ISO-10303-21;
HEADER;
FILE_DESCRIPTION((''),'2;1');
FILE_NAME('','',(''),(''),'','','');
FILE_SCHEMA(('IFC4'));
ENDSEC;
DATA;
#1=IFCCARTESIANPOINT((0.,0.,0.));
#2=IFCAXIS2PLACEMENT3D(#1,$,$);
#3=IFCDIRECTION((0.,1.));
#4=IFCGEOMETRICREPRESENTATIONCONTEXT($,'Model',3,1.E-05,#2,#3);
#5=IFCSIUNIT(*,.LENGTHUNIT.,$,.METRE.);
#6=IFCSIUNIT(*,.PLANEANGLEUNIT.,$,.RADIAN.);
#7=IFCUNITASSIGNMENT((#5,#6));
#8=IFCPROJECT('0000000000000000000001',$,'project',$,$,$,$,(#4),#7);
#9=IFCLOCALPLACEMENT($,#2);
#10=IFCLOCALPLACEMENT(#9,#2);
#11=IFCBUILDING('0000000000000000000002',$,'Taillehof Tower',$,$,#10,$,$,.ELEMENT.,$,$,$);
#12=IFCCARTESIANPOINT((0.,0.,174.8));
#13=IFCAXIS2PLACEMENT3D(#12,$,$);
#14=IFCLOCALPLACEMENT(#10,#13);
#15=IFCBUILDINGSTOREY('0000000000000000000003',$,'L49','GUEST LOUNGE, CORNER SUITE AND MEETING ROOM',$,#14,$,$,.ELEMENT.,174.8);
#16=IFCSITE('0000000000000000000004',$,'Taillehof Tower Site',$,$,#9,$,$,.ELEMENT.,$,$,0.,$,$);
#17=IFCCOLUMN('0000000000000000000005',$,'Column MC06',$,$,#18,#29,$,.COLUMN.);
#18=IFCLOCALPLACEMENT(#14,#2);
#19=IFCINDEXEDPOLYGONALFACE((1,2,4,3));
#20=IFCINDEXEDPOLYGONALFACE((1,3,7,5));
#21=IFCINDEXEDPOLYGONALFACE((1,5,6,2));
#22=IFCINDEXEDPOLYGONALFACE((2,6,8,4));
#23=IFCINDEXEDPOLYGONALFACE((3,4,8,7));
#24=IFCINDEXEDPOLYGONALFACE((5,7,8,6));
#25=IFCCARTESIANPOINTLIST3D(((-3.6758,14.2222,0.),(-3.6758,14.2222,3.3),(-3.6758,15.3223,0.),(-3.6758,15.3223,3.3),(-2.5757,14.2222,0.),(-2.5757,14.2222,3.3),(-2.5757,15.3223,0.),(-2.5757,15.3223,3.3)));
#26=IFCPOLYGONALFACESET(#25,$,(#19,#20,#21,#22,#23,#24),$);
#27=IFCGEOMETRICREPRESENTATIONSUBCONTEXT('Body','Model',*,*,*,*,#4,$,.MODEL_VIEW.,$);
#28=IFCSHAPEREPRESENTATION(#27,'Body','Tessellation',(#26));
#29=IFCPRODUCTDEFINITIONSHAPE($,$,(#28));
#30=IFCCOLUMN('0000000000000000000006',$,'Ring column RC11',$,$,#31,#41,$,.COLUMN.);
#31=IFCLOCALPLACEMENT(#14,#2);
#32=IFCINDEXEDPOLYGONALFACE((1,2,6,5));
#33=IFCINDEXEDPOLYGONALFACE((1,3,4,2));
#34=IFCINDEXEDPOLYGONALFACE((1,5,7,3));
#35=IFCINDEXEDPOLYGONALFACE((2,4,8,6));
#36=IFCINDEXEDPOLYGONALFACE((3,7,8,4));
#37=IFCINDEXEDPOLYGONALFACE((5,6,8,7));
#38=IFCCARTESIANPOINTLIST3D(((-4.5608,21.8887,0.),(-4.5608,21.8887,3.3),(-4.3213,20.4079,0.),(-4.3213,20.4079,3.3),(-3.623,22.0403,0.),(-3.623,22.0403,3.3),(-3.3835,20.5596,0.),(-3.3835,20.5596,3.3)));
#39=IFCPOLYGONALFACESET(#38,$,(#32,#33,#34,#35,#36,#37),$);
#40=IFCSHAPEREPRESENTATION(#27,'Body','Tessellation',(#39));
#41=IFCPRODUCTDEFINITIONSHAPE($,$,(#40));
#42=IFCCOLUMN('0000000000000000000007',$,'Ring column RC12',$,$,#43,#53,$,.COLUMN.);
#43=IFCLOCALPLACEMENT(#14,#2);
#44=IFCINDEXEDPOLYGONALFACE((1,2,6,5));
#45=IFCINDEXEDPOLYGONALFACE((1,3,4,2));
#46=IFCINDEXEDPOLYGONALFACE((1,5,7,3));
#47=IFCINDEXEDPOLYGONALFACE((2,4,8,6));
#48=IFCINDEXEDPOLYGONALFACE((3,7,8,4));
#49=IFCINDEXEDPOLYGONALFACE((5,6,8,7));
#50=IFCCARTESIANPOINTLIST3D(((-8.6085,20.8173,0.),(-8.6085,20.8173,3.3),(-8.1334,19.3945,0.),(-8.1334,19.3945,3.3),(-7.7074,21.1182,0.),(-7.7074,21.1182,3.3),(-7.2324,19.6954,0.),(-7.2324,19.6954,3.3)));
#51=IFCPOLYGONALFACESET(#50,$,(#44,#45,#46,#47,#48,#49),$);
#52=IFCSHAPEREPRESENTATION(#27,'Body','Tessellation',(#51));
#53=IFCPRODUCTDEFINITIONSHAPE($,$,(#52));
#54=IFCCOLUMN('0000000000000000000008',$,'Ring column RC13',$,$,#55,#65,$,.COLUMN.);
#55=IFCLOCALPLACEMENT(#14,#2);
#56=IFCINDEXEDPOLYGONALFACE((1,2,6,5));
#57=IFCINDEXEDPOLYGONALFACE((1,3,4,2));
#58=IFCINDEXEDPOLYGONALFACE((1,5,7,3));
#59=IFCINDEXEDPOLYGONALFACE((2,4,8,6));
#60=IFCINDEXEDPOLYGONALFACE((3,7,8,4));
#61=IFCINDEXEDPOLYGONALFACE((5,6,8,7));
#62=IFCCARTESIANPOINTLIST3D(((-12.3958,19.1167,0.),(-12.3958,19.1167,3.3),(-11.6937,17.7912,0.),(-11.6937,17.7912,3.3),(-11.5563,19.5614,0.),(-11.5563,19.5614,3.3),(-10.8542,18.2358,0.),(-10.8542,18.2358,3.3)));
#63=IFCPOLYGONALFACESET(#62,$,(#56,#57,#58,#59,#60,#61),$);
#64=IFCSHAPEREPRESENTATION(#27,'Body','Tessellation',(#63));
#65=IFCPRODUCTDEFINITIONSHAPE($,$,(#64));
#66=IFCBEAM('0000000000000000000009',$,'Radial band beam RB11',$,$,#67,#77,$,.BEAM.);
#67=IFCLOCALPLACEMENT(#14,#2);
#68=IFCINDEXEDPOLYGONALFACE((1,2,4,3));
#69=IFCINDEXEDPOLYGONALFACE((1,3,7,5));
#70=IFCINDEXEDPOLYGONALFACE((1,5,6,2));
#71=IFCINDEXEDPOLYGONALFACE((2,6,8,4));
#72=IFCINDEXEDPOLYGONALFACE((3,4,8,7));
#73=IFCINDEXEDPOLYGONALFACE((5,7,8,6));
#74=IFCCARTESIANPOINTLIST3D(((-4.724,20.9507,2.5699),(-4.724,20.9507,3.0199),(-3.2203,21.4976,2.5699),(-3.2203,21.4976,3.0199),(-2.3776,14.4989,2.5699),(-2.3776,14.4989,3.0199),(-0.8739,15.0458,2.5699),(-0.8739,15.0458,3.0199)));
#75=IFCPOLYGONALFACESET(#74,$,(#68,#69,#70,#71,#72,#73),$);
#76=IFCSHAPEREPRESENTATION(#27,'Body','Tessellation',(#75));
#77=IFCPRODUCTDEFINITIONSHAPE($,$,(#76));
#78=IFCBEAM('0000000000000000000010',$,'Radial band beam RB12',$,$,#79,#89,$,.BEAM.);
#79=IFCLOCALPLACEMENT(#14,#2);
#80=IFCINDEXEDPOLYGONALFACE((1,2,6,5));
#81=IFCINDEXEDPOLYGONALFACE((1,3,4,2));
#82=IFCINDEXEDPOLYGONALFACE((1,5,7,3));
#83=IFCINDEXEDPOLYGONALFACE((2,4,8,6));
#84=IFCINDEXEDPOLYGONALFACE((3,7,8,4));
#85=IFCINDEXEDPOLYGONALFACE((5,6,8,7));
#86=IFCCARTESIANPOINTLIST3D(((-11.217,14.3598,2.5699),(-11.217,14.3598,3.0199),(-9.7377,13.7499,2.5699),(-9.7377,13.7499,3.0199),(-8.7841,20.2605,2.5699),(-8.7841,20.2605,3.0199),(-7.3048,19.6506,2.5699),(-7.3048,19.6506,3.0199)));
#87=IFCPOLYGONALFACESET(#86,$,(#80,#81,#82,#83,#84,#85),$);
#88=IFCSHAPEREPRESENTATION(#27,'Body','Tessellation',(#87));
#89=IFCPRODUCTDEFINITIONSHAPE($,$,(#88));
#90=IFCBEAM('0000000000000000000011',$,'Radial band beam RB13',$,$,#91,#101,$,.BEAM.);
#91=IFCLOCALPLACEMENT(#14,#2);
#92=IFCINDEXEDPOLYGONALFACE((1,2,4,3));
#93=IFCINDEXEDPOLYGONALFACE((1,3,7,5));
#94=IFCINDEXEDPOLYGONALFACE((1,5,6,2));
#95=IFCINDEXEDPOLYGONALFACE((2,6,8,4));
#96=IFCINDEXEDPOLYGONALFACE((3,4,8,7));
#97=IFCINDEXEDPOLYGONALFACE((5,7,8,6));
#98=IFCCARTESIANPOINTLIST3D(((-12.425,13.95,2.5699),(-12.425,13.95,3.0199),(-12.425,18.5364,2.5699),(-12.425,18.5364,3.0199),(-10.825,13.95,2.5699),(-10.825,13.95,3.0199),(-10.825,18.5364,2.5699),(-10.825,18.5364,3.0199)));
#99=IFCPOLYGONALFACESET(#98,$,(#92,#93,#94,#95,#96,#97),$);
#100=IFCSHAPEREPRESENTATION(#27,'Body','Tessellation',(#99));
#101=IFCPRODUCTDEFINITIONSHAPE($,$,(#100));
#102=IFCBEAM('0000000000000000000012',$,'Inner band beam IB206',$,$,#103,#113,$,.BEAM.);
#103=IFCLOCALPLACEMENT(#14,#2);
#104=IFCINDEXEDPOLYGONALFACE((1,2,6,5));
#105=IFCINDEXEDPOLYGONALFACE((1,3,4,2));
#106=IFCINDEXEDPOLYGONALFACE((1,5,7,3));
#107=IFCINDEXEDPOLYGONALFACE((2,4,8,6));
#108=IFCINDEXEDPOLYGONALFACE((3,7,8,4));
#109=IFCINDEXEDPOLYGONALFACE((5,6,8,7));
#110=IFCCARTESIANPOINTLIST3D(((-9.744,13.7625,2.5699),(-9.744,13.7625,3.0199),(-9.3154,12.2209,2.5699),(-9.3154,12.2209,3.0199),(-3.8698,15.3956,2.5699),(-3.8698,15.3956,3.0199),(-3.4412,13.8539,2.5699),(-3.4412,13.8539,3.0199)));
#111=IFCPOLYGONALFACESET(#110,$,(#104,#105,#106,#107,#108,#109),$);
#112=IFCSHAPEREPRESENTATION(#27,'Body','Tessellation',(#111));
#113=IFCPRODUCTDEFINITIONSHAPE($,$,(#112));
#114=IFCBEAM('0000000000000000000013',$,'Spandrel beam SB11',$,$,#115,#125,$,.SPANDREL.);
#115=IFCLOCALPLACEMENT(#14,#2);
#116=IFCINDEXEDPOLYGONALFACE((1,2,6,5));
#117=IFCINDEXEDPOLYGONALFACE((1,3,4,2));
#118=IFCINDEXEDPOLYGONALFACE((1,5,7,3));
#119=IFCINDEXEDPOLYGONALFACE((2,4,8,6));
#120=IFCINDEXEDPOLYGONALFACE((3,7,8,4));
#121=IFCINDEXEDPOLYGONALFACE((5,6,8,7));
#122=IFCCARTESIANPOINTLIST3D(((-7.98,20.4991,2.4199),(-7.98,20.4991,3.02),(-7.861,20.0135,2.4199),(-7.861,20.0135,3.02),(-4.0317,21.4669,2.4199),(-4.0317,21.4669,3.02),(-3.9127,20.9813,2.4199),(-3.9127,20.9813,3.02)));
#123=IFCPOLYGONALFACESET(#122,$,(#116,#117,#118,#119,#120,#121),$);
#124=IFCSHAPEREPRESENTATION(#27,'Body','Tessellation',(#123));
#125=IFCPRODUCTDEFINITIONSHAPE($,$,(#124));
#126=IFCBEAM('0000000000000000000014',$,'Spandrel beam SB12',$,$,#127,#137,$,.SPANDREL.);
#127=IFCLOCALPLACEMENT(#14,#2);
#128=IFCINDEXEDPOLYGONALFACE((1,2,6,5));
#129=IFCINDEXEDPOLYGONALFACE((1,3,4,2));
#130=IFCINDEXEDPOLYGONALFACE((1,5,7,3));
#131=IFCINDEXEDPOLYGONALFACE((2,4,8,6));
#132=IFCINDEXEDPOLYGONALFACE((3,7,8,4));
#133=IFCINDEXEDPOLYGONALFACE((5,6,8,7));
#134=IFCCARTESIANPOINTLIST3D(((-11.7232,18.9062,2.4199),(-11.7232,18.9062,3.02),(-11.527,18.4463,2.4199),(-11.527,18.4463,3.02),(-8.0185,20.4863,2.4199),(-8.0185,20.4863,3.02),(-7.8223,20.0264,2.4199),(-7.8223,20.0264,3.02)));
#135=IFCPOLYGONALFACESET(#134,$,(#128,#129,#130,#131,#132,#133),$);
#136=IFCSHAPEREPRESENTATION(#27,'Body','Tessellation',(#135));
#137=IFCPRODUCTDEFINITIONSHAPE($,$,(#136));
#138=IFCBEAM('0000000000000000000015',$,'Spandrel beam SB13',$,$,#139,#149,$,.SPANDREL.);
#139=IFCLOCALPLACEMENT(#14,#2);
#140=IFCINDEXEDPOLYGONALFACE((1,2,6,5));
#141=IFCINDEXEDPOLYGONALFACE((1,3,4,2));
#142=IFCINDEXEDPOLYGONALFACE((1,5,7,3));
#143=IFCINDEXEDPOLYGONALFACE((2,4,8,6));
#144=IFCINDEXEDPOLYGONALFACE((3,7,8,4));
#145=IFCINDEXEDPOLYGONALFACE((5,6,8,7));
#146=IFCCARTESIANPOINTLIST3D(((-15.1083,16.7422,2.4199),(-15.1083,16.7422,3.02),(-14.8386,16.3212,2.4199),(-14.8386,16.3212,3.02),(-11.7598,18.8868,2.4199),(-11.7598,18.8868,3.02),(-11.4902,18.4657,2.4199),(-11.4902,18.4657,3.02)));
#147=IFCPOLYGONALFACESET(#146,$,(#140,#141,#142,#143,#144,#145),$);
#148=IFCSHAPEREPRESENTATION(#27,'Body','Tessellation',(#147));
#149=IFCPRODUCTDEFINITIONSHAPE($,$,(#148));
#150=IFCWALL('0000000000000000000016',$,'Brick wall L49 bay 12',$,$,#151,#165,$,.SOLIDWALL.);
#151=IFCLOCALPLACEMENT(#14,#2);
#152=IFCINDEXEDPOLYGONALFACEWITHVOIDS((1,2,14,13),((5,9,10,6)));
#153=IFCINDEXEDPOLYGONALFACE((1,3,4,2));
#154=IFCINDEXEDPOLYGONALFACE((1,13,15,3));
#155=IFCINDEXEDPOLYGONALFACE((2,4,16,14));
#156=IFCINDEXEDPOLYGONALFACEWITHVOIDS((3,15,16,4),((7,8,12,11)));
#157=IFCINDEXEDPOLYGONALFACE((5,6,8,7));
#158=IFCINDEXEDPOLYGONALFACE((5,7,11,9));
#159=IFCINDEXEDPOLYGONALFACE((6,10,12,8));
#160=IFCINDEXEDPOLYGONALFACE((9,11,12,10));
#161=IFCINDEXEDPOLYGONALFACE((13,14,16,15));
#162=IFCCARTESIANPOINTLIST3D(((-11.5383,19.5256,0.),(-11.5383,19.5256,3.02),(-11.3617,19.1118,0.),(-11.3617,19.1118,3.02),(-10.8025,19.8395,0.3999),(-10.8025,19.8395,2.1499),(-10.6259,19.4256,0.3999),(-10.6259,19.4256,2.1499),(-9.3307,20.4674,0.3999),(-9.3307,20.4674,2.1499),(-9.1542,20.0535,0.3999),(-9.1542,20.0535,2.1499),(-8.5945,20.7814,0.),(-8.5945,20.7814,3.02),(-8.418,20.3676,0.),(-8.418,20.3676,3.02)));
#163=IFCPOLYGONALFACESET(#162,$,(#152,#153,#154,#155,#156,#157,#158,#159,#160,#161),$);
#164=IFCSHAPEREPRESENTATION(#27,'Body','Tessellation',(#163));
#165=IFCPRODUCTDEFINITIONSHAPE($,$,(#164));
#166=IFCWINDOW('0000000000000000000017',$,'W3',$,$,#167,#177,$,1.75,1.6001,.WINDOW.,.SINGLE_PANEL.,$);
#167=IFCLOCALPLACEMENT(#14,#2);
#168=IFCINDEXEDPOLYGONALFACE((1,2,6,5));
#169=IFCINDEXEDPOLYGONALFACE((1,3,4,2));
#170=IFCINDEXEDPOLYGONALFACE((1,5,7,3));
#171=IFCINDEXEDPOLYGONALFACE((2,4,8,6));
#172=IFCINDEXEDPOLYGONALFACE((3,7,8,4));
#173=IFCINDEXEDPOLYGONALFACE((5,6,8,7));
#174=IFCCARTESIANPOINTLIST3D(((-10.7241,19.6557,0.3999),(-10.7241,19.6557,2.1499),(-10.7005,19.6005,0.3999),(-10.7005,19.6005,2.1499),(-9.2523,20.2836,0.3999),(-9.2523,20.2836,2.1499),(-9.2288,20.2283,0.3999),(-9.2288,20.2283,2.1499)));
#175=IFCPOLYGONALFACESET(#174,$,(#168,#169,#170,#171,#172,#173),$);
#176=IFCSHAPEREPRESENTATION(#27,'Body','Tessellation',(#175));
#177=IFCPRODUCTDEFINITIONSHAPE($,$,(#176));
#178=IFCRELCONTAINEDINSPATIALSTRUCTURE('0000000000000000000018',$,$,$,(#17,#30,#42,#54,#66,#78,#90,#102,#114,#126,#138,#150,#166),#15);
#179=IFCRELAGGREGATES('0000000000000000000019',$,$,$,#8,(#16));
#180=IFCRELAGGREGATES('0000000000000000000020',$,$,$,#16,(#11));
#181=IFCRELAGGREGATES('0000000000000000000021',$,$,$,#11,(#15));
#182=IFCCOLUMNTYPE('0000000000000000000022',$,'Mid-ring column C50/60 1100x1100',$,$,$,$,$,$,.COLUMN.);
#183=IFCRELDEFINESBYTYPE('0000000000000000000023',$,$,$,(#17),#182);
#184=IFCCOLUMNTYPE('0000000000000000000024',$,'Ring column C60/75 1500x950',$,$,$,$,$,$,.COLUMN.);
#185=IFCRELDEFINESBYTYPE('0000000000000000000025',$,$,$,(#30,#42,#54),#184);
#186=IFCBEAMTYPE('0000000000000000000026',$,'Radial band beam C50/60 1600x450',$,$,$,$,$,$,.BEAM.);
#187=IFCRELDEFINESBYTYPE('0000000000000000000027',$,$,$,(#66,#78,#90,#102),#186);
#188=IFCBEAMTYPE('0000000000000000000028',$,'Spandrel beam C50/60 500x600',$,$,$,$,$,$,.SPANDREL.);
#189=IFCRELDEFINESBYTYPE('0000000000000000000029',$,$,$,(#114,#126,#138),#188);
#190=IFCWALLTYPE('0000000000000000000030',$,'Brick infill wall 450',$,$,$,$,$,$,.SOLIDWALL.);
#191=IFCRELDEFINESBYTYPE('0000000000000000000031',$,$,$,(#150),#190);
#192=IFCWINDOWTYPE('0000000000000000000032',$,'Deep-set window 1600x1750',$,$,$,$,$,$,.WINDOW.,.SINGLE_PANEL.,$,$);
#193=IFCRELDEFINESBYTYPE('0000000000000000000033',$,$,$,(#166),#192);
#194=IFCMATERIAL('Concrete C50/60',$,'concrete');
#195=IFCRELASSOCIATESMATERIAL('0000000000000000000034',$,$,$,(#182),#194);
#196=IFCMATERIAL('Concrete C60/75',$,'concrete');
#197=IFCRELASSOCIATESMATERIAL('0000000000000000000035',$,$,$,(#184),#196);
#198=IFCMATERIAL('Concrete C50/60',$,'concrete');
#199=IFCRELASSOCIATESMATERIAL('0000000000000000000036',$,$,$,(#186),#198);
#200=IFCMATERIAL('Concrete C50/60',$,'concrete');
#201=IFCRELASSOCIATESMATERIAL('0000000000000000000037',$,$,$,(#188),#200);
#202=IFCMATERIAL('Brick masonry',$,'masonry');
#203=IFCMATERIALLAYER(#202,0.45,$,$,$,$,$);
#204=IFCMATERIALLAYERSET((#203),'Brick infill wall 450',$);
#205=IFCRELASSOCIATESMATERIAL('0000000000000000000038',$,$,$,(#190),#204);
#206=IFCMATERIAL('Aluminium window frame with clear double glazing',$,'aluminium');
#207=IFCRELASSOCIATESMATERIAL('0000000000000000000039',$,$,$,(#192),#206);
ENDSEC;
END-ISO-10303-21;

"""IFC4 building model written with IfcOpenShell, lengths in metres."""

from ifc_helpers import new_model, si_unit, direction, frame, frame_2d, origin, origin_2d, place, context, subcontext, project, spatial, rectangle, extrude, material, layer, layer_set, material_profile, profile_set, type_object, element, fill, save


model = new_model("IFC4")

# Units and contexts
model_context = context("Model", 3, precision=1e-05, world=origin(), true_north=direction((0.0, 1.0)))
body_context = subcontext(model_context, "Body", "Model", "MODEL_VIEW")
ifc_project = project(units=[si_unit("LENGTHUNIT", "METRE"), si_unit("PLANEANGLEUNIT", "RADIAN")], contexts=[model_context])

# Site, building, storey
site_placement = place(None, origin())
site = spatial("IfcSite", under=ifc_project, at=site_placement, Name="Taillehof Tower Site", CompositionType="ELEMENT", RefElevation=0.0)
building_placement = place(site_placement, origin())
building = spatial("IfcBuilding", under=site, at=building_placement, Name="Taillehof Tower", CompositionType="ELEMENT")
storey_placement = place(building_placement, frame((0.0, 0.0, 174.8)))
storey = spatial("IfcBuildingStorey", under=building, at=storey_placement, Name="L49", Description="GUEST LOUNGE, CORNER SUITE AND MEETING ROOM", CompositionType="ELEMENT", Elevation=174.8)

# Columns
ifc_material_1 = material(Name="Concrete C50/60", Category="concrete")
ifc_material_profile_1 = material_profile(ifc_material_1, rectangle(XDim=1.1001, YDim=1.1001, at=origin_2d()), Name="RC 1100x1100")
ifc_profile_set_1 = profile_set([ifc_material_profile_1], Name="Concrete C50/60")
column_type_1 = type_object("IfcColumnType", Name="Mid-ring column C50/60 1100x1100", PredefinedType="COLUMN", material=ifc_profile_set_1)
column_placement = place(storey_placement, frame((-3.1257, 14.7722, 0.0), z_axis=(0.0, 0.0, 1.0), x_axis=(1.0, 0.0, 0.0)))
element("IfcColumn", 1, at=column_placement, inside=storey, type_object=column_type_1, Name="Column MC06", PredefinedType="COLUMN", context=body_context, shape_type="SweptSolid", body=[
    extrude(rectangle(XDim=1.1001, YDim=1.1001, at=origin_2d()), origin(), (0.0, 0.0, 1.0), 3.3),
])
ifc_material_2 = material(Name="Concrete C60/75", Category="concrete")
ifc_material_profile_2 = material_profile(ifc_material_2, rectangle(XDim=1.5, YDim=0.95, at=origin_2d()), Name="RC 1500x950")
ifc_profile_set_2 = profile_set([ifc_material_profile_2], Name="Concrete C60/75")
column_type_2 = type_object("IfcColumnType", Name="Ring column C60/75 1500x950", PredefinedType="COLUMN", material=ifc_profile_set_2)
for number, where, z_axis, x_axis, name in (
    (2, (-3.9722, 21.2241, 0.0), (0.0, 0.0, 1.0), (-0.159679, 0.987169, 0.0), "Ring column RC11"),
    (3, (-7.9204, 20.2563, 0.0), (0.0, 0.0, 1.0), (-0.316703, 0.948525, 0.0), "Ring column RC12"),
    (4, (-11.625, 18.6763, 0.0), (0.0, 0.0, 1.0), (-0.468042, 0.883706, 0.0), "Ring column RC13"),
):
    element("IfcColumn", number, at=place(storey_placement, frame(where, z_axis=z_axis, x_axis=x_axis)), inside=storey, type_object=column_type_2, Name=name, PredefinedType="COLUMN", context=body_context, shape_type="SweptSolid", body=[
        extrude(rectangle(XDim=1.5, YDim=0.95, at=origin_2d()), origin(), (0.0, 0.0, 1.0), 3.3),
    ])

# Beams
ifc_material_3 = material(Name="Concrete C50/60", Category="concrete")
ifc_material_profile_3 = material_profile(ifc_material_3, rectangle(XDim=1.6001, YDim=0.45, at=origin_2d()), Name="RC 1600x450")
ifc_profile_set_3 = profile_set([ifc_material_profile_3], Name="Concrete C50/60")
beam_type_1 = type_object("IfcBeamType", Name="Radial band beam C50/60 1600x450", PredefinedType="BEAM", material=ifc_profile_set_3)
beam_1_placement = place(storey_placement, frame((-3.9722, 21.2241, 2.7949), z_axis=(0.34178, -0.93978, 0.0), x_axis=(0.93978, 0.34178, 0.0)))
element("IfcBeam", 5, at=beam_1_placement, inside=storey, type_object=beam_type_1, Name="Radial band beam RB11", PredefinedType="BEAM", context=body_context, shape_type="SweptSolid", body=[
    extrude(rectangle(XDim=1.6001, YDim=0.45, at=origin_2d()), origin(), (0.0, 0.0, 1.0), 6.8652),
])
beam_2_placement = place(storey_placement, frame((-8.0444, 19.9556, 2.7949), z_axis=(-0.381177, -0.924502, 0.0), x_axis=(0.924502, -0.381177, 0.0)))
element("IfcBeam", 6, at=beam_2_placement, inside=storey, type_object=beam_type_1, Name="Radial band beam RB12", PredefinedType="BEAM", context=body_context, shape_type="SweptSolid", body=[
    extrude(rectangle(XDim=1.6001, YDim=0.45, at=origin_2d()), origin(), (0.0, 0.0, 1.0), 6.3826),
])
beam_3_placement = place(storey_placement, frame((-11.625, 18.5364, 2.7949), z_axis=(0.0, -1.0, 0.0), x_axis=(1.0, 0.0, 0.0)))
element("IfcBeam", 7, at=beam_3_placement, inside=storey, type_object=beam_type_1, Name="Radial band beam RB13", PredefinedType="BEAM", context=body_context, shape_type="SweptSolid", body=[
    extrude(rectangle(XDim=1.6001, YDim=0.45, at=origin_2d()), origin(), (0.0, 0.0, 1.0), 4.5864),
])
beam_4_placement = place(storey_placement, frame((-3.6555, 14.6248, 2.7949), z_axis=(-0.963459, -0.267855, 0.0), x_axis=(0.267855, -0.963459, 0.0)))
element("IfcBeam", 8, at=beam_4_placement, inside=storey, type_object=beam_type_1, Name="Inner band beam IB206", PredefinedType="BEAM", context=body_context, shape_type="SweptSolid", body=[
    extrude(rectangle(XDim=1.6001, YDim=0.45, at=origin_2d()), origin(), (0.0, 0.0, 1.0), 6.0969),
])
ifc_material_4 = material(Name="Concrete C50/60", Category="concrete")
ifc_material_profile_4 = material_profile(ifc_material_4, rectangle(XDim=0.5, YDim=0.6001, at=origin_2d()), Name="RC 500x600")
ifc_profile_set_4 = profile_set([ifc_material_profile_4], Name="Concrete C50/60")
beam_type_2 = type_object("IfcBeamType", Name="Spandrel beam C50/60 500x600", PredefinedType="SPANDREL", material=ifc_profile_set_4)
beam_5_placement = place(storey_placement, frame((-3.9722, 21.2241, 2.72), z_axis=(-0.971249, -0.238068, 0.0), x_axis=(0.238068, -0.971249, 0.0)))
element("IfcBeam", 9, at=beam_5_placement, inside=storey, type_object=beam_type_2, Name="Spandrel beam SB11", PredefinedType="SPANDREL", context=body_context, shape_type="SweptSolid", body=[
    extrude(rectangle(XDim=0.5, YDim=0.6001, at=origin_2d()), origin(), (0.0, 0.0, 1.0), 4.0652),
])
beam_6_placement = place(storey_placement, frame((-7.9204, 20.2563, 2.72), z_axis=(-0.919827, -0.392324, 0.0), x_axis=(0.392324, -0.919827, 0.0)))
element("IfcBeam", 10, at=beam_6_placement, inside=storey, type_object=beam_type_2, Name="Spandrel beam SB12", PredefinedType="SPANDREL", context=body_context, shape_type="SweptSolid", body=[
    extrude(rectangle(XDim=0.5, YDim=0.6001, at=origin_2d()), origin(), (0.0, 0.0, 1.0), 4.0276),
])
beam_7_placement = place(storey_placement, frame((-11.625, 18.6763, 2.72), z_axis=(-0.842093, -0.539332, 0.0), x_axis=(0.539332, -0.842093, 0.0)))
element("IfcBeam", 11, at=beam_7_placement, inside=storey, type_object=beam_type_2, Name="Spandrel beam SB13", PredefinedType="SPANDREL", context=body_context, shape_type="SweptSolid", body=[
    extrude(rectangle(XDim=0.5, YDim=0.6001, at=origin_2d()), origin(), (0.0, 0.0, 1.0), 3.9763),
])

# Wall, opening, window
ifc_material_5 = material(Name="Brick masonry", Category="masonry")
ifc_layer_1 = layer(ifc_material_5, 0.45)
ifc_layer_set_1 = layer_set([ifc_layer_1], Name="Brick infill wall 450")
wall_type_1 = type_object("IfcWallType", Name="Brick infill wall 450", PredefinedType="SOLIDWALL", material=ifc_layer_set_1)
wall_1_placement = place(storey_placement, frame((-8.5063, 20.5745, 0.0), z_axis=(0.0, 0.0, 1.0), x_axis=(-0.919799, -0.39239, 0.0)))
wall_1 = element("IfcWall", 12, at=wall_1_placement, inside=storey, type_object=wall_type_1, Name="Brick wall L49 bay 12", PredefinedType="SOLIDWALL", context=body_context, shape_type="SweptSolid", body=[
    extrude(rectangle(XDim=3.2004, YDim=0.45, at=frame_2d((1.6001, 0.0))), origin(), (0.0, 0.0, 1.0), 3.02),
])
opening_1_placement = place(wall_1_placement, frame((0.8003, 0.0, 0.3999)))
opening_1 = element("IfcOpeningElement", 13, at=opening_1_placement, cuts=wall_1, PredefinedType="OPENING", context=body_context, shape_type="SweptSolid", body=[
    extrude(rectangle(XDim=1.6001, YDim=1.75, at=frame_2d((0.8, 0.875))), frame((0.0, 0.2349, 0.0), z_axis=(0.0, -1.0, 0.0), x_axis=(1.0, 0.0, 0.0)), (0.0, 0.0, 1.0), 0.47),
])
ifc_material_6 = material(Name="Aluminium window frame with clear double glazing", Category="aluminium")
window_type_1 = type_object("IfcWindowType", Name="Deep-set window 1600x1750", PartitioningType="SINGLE_PANEL", PredefinedType="WINDOW", material=ifc_material_6)
window_1_placement = place(opening_1_placement, origin())
window_1 = element("IfcWindow", 14, at=window_1_placement, inside=storey, type_object=window_type_1, Name="W3", OverallHeight=1.75, OverallWidth=1.6001, PartitioningType="SINGLE_PANEL", PredefinedType="WINDOW", context=body_context, shape_type="SweptSolid", body=[
    extrude(rectangle(XDim=1.6001, YDim=1.75, at=frame_2d((0.8, 0.875))), frame((0.0, 0.0349, 0.0), z_axis=(0.0, -1.0, 0.0), x_axis=(1.0, 0.0, 0.0)), (0.0, 0.0, 1.0), 0.0601),
])
fill(opening_1, window_1)

save(model, "model.ifc")
